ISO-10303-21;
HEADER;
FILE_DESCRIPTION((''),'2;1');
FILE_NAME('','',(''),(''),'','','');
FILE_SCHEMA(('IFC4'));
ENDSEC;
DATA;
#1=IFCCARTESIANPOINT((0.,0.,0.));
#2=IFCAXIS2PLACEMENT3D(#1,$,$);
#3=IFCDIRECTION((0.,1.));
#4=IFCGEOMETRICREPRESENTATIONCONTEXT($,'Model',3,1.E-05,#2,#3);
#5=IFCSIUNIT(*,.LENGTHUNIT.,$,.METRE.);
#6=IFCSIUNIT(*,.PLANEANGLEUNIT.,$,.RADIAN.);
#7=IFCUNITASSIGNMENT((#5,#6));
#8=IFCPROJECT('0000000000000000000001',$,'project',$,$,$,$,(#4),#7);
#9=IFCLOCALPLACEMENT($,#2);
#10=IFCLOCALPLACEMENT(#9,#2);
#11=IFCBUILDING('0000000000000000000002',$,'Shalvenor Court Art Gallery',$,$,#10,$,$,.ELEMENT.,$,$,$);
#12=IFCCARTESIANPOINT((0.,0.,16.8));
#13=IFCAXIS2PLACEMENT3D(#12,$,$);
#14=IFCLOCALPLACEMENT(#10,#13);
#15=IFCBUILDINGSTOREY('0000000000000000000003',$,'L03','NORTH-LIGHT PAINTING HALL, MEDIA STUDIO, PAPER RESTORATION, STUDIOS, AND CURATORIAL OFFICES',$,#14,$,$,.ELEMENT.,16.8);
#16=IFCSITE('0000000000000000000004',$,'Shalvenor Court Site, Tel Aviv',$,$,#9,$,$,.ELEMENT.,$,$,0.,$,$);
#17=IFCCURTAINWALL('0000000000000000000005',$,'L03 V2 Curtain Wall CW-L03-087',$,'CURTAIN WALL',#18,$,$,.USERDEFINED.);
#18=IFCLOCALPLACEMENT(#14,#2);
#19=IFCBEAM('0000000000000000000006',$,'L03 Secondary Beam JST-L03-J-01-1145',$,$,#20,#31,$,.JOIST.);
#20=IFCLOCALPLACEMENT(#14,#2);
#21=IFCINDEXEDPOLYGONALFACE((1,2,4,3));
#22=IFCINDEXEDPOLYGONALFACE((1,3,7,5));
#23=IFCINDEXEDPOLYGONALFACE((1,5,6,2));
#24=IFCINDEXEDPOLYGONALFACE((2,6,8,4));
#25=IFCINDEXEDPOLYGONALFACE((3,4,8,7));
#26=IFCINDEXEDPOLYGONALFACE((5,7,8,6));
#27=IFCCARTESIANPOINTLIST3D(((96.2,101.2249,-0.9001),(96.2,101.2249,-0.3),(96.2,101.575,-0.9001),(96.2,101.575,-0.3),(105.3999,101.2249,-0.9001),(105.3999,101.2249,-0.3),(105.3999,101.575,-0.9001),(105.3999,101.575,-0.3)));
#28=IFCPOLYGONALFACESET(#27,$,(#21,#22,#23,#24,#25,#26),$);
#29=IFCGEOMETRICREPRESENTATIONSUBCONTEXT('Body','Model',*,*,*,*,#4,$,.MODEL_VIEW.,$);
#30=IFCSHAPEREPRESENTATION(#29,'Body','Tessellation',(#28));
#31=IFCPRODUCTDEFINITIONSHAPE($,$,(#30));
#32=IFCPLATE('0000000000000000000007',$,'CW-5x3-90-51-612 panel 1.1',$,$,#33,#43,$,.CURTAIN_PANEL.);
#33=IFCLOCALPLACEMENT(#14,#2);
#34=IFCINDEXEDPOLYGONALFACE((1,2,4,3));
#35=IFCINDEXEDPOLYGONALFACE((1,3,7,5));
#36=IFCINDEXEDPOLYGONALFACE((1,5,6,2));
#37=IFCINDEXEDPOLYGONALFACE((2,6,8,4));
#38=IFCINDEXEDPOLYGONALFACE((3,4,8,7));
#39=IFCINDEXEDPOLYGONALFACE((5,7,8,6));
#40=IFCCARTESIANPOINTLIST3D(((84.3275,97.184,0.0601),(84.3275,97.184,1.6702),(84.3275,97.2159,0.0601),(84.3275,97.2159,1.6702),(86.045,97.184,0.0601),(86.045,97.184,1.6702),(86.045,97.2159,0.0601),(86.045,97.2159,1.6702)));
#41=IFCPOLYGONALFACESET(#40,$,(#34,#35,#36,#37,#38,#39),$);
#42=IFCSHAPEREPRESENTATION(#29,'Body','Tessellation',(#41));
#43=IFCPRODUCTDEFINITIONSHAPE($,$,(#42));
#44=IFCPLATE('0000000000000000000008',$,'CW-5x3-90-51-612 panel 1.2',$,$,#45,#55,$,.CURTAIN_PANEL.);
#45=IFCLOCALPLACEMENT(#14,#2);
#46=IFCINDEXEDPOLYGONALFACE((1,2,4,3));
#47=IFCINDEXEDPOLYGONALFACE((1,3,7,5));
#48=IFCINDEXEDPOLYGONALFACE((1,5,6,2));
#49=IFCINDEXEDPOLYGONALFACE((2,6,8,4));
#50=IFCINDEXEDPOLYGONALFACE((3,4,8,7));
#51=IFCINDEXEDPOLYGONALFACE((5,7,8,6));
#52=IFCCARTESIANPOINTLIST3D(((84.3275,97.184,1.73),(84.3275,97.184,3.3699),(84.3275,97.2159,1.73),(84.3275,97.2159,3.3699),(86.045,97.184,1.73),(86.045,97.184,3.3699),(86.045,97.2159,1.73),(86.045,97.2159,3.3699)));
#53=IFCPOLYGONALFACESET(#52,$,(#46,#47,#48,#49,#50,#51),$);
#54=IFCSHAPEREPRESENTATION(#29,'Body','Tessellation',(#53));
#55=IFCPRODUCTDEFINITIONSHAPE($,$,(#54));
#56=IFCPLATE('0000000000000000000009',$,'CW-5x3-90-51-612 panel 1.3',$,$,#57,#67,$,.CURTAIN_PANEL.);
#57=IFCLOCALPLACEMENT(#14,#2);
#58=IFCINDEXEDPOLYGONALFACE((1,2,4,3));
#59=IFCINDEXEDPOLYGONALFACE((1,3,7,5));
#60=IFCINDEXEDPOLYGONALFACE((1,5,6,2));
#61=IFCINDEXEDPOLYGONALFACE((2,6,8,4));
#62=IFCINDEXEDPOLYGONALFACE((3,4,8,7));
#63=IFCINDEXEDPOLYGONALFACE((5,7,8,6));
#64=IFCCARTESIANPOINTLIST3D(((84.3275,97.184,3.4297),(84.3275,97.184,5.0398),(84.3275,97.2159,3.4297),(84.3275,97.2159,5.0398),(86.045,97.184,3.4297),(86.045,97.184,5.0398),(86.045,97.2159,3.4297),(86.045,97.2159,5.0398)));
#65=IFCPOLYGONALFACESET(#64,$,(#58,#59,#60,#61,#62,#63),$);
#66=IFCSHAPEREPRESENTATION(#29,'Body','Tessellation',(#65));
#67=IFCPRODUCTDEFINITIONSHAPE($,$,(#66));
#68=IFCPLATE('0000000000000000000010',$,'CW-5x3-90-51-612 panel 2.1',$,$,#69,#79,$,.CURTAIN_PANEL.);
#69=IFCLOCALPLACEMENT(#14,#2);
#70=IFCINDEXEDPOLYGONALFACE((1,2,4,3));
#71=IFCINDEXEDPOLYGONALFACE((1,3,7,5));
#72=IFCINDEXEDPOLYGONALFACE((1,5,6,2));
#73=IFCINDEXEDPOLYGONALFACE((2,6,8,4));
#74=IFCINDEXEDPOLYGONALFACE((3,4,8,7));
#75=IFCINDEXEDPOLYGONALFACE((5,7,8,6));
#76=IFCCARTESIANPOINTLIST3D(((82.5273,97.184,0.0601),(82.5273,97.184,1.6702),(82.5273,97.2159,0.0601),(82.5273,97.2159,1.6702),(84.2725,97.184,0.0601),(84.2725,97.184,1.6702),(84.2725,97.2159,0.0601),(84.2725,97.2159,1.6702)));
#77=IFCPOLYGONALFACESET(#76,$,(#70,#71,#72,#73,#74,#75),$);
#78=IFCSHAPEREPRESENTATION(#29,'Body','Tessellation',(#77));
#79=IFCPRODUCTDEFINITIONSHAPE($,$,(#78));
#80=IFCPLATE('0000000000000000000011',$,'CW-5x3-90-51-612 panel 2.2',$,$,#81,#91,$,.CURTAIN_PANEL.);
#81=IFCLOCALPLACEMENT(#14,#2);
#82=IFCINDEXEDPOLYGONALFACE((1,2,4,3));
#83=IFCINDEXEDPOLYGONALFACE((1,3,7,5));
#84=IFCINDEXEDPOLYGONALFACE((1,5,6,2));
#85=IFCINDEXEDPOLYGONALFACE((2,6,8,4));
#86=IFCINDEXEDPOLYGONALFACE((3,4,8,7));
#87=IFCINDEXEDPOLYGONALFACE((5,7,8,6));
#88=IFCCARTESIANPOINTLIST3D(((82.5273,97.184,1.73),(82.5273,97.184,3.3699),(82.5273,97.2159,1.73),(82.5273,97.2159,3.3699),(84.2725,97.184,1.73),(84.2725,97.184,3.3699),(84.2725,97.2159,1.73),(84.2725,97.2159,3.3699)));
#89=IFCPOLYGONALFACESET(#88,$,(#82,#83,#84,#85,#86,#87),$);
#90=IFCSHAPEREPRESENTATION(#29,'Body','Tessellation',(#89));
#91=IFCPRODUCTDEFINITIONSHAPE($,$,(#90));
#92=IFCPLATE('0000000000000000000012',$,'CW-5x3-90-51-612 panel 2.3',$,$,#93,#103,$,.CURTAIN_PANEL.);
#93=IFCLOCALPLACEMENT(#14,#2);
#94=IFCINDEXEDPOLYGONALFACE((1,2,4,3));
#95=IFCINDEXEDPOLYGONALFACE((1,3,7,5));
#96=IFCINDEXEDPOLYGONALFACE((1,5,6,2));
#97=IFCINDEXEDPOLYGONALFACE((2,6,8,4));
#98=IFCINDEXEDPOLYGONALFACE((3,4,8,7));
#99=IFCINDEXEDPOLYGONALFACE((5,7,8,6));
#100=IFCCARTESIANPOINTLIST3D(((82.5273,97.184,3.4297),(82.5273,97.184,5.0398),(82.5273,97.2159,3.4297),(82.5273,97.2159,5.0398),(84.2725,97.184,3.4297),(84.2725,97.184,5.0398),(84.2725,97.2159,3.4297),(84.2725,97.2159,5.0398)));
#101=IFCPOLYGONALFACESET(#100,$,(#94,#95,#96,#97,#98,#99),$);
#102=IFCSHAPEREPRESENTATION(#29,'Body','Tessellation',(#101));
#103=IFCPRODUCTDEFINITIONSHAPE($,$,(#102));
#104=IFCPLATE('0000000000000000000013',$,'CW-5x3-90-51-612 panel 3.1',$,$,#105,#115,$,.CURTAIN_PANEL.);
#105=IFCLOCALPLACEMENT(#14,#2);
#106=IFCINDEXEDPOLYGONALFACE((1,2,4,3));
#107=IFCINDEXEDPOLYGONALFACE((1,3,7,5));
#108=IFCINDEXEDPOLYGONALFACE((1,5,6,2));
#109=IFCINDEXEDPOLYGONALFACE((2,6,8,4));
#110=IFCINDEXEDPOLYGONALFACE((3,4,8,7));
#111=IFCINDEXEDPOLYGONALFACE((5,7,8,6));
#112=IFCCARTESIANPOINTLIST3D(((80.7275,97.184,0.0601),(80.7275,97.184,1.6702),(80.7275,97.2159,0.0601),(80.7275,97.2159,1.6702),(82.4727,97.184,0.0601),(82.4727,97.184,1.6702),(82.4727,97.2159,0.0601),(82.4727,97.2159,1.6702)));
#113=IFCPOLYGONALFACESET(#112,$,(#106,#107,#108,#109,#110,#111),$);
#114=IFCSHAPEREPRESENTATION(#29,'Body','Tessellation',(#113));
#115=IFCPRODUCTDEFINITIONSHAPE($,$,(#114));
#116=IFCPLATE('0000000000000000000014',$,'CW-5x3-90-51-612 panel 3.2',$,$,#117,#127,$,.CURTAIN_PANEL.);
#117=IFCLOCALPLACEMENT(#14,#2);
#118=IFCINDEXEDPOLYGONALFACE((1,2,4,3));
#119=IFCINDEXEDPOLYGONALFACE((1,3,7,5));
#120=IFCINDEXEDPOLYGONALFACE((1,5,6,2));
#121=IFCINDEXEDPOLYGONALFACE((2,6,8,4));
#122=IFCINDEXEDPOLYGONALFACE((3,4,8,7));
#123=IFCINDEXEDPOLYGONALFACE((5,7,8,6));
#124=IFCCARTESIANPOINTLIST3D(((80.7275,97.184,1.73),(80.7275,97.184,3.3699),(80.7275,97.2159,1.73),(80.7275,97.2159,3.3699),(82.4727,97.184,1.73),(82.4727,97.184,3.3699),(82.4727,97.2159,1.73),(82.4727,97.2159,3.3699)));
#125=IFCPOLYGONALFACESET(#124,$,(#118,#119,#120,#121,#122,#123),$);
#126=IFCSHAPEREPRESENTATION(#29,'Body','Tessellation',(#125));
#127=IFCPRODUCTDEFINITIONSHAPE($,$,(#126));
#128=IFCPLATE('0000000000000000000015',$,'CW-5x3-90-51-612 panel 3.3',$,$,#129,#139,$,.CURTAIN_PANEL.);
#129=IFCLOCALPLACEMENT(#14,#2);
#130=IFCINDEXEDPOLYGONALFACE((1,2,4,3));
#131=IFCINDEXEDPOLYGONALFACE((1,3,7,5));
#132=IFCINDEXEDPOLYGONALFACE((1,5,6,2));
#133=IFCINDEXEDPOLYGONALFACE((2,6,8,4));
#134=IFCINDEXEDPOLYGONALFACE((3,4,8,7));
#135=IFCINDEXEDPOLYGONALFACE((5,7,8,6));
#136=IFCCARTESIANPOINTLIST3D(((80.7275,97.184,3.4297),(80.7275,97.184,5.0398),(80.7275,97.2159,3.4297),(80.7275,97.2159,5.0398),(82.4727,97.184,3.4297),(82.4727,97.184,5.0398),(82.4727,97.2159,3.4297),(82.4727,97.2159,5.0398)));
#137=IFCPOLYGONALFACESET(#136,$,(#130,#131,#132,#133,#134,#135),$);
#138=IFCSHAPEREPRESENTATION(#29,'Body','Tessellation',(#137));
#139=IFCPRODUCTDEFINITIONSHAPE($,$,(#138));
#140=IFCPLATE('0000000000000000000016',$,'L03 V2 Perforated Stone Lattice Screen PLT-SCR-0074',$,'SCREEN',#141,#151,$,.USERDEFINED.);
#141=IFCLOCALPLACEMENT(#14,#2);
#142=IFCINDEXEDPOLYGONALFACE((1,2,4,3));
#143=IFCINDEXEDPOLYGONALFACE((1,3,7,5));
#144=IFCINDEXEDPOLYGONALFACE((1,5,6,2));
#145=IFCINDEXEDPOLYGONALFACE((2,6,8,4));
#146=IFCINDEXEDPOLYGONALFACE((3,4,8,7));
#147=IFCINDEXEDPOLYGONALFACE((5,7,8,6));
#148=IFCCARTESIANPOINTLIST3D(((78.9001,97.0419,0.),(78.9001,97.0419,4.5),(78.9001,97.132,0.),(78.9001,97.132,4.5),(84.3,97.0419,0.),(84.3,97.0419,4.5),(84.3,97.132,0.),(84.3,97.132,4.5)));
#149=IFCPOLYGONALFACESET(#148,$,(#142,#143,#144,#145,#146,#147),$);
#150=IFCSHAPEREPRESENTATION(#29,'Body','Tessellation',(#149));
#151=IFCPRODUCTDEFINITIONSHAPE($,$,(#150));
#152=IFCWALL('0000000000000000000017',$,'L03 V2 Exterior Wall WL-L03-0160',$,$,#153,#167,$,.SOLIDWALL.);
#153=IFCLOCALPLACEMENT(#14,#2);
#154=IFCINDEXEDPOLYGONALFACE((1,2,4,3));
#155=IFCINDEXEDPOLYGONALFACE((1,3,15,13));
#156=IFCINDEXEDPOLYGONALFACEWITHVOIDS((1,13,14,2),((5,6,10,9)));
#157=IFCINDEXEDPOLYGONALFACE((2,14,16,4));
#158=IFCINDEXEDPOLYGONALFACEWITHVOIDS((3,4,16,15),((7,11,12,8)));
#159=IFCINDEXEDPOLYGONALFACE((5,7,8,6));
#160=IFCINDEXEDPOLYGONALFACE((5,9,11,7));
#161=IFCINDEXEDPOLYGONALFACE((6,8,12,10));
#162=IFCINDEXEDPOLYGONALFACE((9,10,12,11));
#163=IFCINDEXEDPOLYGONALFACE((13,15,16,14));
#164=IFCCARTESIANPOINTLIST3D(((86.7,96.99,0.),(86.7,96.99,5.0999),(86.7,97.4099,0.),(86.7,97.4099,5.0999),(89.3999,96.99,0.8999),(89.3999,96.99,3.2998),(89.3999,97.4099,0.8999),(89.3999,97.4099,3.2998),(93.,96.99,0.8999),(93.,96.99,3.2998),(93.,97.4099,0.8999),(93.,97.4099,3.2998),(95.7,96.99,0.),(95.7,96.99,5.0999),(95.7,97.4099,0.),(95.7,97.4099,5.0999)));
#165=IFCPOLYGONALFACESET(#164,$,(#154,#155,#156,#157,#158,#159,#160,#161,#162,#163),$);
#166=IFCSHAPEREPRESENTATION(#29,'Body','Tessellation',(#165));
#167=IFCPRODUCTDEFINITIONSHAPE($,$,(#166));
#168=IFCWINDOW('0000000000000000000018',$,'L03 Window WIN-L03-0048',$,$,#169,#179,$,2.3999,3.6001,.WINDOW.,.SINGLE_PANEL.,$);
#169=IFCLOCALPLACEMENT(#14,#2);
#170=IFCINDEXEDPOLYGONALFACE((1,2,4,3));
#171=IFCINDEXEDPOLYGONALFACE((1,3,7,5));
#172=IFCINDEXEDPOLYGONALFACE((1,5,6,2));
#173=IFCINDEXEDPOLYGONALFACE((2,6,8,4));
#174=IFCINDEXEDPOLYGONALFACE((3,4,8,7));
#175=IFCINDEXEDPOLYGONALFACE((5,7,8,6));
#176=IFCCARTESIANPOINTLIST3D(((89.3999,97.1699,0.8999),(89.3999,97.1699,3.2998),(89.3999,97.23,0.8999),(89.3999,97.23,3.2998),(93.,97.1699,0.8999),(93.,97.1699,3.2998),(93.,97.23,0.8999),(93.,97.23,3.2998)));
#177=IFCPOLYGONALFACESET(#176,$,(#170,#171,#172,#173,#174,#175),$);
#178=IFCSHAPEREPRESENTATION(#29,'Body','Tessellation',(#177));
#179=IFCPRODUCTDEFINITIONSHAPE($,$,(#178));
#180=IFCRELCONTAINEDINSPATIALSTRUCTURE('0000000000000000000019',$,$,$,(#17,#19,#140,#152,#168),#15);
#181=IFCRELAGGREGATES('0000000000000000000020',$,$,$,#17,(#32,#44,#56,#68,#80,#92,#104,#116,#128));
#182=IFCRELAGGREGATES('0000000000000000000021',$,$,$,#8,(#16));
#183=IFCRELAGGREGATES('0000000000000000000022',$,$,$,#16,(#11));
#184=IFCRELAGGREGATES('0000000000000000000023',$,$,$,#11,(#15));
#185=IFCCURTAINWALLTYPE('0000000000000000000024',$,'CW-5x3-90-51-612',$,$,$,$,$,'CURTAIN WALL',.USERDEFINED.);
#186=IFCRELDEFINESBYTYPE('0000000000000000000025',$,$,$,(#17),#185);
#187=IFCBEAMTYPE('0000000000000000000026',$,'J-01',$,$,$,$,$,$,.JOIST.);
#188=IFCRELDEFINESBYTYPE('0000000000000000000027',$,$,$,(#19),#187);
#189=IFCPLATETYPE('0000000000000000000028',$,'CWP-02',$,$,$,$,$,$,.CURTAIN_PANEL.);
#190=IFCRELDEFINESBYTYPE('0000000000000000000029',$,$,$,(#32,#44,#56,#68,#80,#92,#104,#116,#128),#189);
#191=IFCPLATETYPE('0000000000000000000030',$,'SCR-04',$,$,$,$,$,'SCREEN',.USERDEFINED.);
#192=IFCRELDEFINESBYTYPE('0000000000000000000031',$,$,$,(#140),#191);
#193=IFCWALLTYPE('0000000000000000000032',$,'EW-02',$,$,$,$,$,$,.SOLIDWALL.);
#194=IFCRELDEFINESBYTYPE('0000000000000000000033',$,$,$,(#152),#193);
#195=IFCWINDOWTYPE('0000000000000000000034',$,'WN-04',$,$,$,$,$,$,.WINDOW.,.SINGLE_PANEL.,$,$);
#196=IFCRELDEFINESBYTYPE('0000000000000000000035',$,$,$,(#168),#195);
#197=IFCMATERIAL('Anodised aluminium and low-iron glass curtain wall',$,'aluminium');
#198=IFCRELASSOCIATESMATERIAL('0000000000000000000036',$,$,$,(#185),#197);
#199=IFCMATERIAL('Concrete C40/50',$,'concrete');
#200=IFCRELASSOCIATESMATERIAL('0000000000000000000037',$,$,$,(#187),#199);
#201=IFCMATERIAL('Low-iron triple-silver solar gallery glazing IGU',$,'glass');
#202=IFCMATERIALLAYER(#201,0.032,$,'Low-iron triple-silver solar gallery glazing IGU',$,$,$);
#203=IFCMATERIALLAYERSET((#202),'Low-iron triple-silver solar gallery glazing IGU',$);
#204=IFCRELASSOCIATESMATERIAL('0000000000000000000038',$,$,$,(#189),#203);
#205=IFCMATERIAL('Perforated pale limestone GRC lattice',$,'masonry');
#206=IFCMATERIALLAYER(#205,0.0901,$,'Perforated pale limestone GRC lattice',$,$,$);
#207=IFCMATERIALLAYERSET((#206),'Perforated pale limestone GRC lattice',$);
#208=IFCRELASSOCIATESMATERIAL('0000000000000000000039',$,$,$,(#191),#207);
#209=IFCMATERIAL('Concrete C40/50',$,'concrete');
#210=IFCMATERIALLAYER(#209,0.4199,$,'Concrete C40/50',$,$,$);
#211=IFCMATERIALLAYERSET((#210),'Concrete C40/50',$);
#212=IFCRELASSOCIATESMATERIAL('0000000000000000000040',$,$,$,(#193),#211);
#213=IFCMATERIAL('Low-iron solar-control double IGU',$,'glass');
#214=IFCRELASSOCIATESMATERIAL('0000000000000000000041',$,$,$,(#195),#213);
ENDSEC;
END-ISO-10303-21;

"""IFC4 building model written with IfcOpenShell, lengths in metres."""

from ifc_helpers import new_model, si_unit, direction, frame, frame_2d, origin, origin_2d, place, context, subcontext, project, spatial, rectangle, extrude, material, layer, layer_set, material_profile, profile_set, type_object, element, fill, aggregate, save


model = new_model("IFC4")

# Units and contexts
model_context = context("Model", 3, precision=1e-05, world=origin(), true_north=direction((0.0, 1.0)))
body_context = subcontext(model_context, "Body", "Model", "MODEL_VIEW")
ifc_project = project(units=[si_unit("LENGTHUNIT", "METRE"), si_unit("PLANEANGLEUNIT", "RADIAN")], contexts=[model_context])

# Site, building, storey
site_placement = place(None, origin())
site = spatial("IfcSite", under=ifc_project, at=site_placement, Name="Shalvenor Court Site, Tel Aviv", CompositionType="ELEMENT", RefElevation=0.0)
building_placement = place(site_placement, origin())
building = spatial("IfcBuilding", under=site, at=building_placement, Name="Shalvenor Court Art Gallery", CompositionType="ELEMENT")
storey_placement = place(building_placement, frame((0.0, 0.0, 16.8)))
storey = spatial("IfcBuildingStorey", under=building, at=storey_placement, Name="L03", Description="NORTH-LIGHT PAINTING HALL, MEDIA STUDIO, PAPER RESTORATION, STUDIOS, AND CURATORIAL OFFICES", CompositionType="ELEMENT", Elevation=16.8)

# Curtain wall
ifc_material_1 = material(Name="Anodised aluminium and low-iron glass curtain wall", Category="aluminium")
curtain_wall_type = type_object("IfcCurtainWallType", Name="CW-5x3-90-51-612", ElementType="CURTAIN WALL", PredefinedType="USERDEFINED", material=ifc_material_1)
curtain_wall_placement = place(storey_placement, origin())
curtain_wall = element("IfcCurtainWall", 1, at=curtain_wall_placement, inside=storey, type_object=curtain_wall_type, Name="L03 V2 Curtain Wall CW-L03-087", ObjectType="CURTAIN WALL", PredefinedType="USERDEFINED")

# Beam
ifc_material_2 = material(Name="Concrete C40/50", Category="concrete")
ifc_material_profile_1 = material_profile(ifc_material_2, rectangle(XDim=0.3501, YDim=0.6001, at=origin_2d()), Name="RC 350x600")
ifc_profile_set_1 = profile_set([ifc_material_profile_1], Name="Concrete C40/50")
beam_type_1 = type_object("IfcBeamType", Name="J-01", PredefinedType="JOIST", material=ifc_profile_set_1)
for number, where, z_axis, x_axis, name in (
    (2, (96.2, 101.3999, -0.6001), (1.0, 0.0, 0.0), (0.0, 1.0, 0.0), "L03 Secondary Beam JST-L03-J-01-1145"),
):
    element("IfcBeam", number, at=place(storey_placement, frame(where, z_axis=z_axis, x_axis=x_axis)), inside=storey, type_object=beam_type_1, Name=name, PredefinedType="JOIST", context=body_context, shape_type="SweptSolid", body=[
        extrude(rectangle(XDim=0.3501, YDim=0.6001, at=origin_2d()), origin(), (0.0, 0.0, 1.0), 9.2),
    ])

# Plates
ifc_material_3 = material(Name="Low-iron triple-silver solar gallery glazing IGU", Category="glass")
ifc_layer_1 = layer(ifc_material_3, 0.032, Name="Low-iron triple-silver solar gallery glazing IGU")
ifc_layer_set_1 = layer_set([ifc_layer_1], Name="Low-iron triple-silver solar gallery glazing IGU")
plate_type_1 = type_object("IfcPlateType", Name="CWP-02", PredefinedType="CURTAIN_PANEL", material=ifc_layer_set_1)
plate_1_placement = place(storey_placement, frame((85.1863, 97.2, 0.0601), z_axis=(0.0, 0.0, 1.0), x_axis=(-1.0, 0.0, 0.0)))
plate_1 = element("IfcPlate", 3, at=plate_1_placement, type_object=plate_type_1, Name="CW-5x3-90-51-612 panel 1.1", PredefinedType="CURTAIN_PANEL", context=body_context, shape_type="SweptSolid", body=[
    extrude(rectangle(XDim=1.7175, YDim=0.032, at=origin_2d()), origin(), (0.0, 0.0, 1.0), 1.6101),
])
plate_2_placement = place(storey_placement, frame((85.1863, 97.2, 1.73), z_axis=(0.0, 0.0, 1.0), x_axis=(-1.0, 0.0, 0.0)))
plate_2 = element("IfcPlate", 4, at=plate_2_placement, type_object=plate_type_1, Name="CW-5x3-90-51-612 panel 1.2", PredefinedType="CURTAIN_PANEL", context=body_context, shape_type="SweptSolid", body=[
    extrude(rectangle(XDim=1.7175, YDim=0.032, at=origin_2d()), origin(), (0.0, 0.0, 1.0), 1.6399),
])
plate_3_placement = place(storey_placement, frame((85.1863, 97.2, 3.4297), z_axis=(0.0, 0.0, 1.0), x_axis=(-1.0, 0.0, 0.0)))
plate_3 = element("IfcPlate", 5, at=plate_3_placement, type_object=plate_type_1, Name="CW-5x3-90-51-612 panel 1.3", PredefinedType="CURTAIN_PANEL", context=body_context, shape_type="SweptSolid", body=[
    extrude(rectangle(XDim=1.7175, YDim=0.032, at=origin_2d()), origin(), (0.0, 0.0, 1.0), 1.6101),
])
plate_4_placement = place(storey_placement, frame((83.3999, 97.2, 0.0601), z_axis=(0.0, 0.0, 1.0), x_axis=(-1.0, 0.0, 0.0)))
plate_4 = element("IfcPlate", 6, at=plate_4_placement, type_object=plate_type_1, Name="CW-5x3-90-51-612 panel 2.1", PredefinedType="CURTAIN_PANEL", context=body_context, shape_type="SweptSolid", body=[
    extrude(rectangle(XDim=1.7451, YDim=0.032, at=origin_2d()), origin(), (0.0, 0.0, 1.0), 1.6101),
])
plate_5_placement = place(storey_placement, frame((83.3999, 97.2, 1.73), z_axis=(0.0, 0.0, 1.0), x_axis=(-1.0, 0.0, 0.0)))
plate_5 = element("IfcPlate", 7, at=plate_5_placement, type_object=plate_type_1, Name="CW-5x3-90-51-612 panel 2.2", PredefinedType="CURTAIN_PANEL", context=body_context, shape_type="SweptSolid", body=[
    extrude(rectangle(XDim=1.7451, YDim=0.032, at=origin_2d()), origin(), (0.0, 0.0, 1.0), 1.6399),
])
plate_6_placement = place(storey_placement, frame((83.3999, 97.2, 3.4297), z_axis=(0.0, 0.0, 1.0), x_axis=(-1.0, 0.0, 0.0)))
plate_6 = element("IfcPlate", 8, at=plate_6_placement, type_object=plate_type_1, Name="CW-5x3-90-51-612 panel 2.3", PredefinedType="CURTAIN_PANEL", context=body_context, shape_type="SweptSolid", body=[
    extrude(rectangle(XDim=1.7451, YDim=0.032, at=origin_2d()), origin(), (0.0, 0.0, 1.0), 1.6101),
])
plate_7_placement = place(storey_placement, frame((81.6001, 97.2, 0.0601), z_axis=(0.0, 0.0, 1.0), x_axis=(-1.0, 0.0, 0.0)))
plate_7 = element("IfcPlate", 9, at=plate_7_placement, type_object=plate_type_1, Name="CW-5x3-90-51-612 panel 3.1", PredefinedType="CURTAIN_PANEL", context=body_context, shape_type="SweptSolid", body=[
    extrude(rectangle(XDim=1.7451, YDim=0.032, at=origin_2d()), origin(), (0.0, 0.0, 1.0), 1.6101),
])
plate_8_placement = place(storey_placement, frame((81.6001, 97.2, 1.73), z_axis=(0.0, 0.0, 1.0), x_axis=(-1.0, 0.0, 0.0)))
plate_8 = element("IfcPlate", 10, at=plate_8_placement, type_object=plate_type_1, Name="CW-5x3-90-51-612 panel 3.2", PredefinedType="CURTAIN_PANEL", context=body_context, shape_type="SweptSolid", body=[
    extrude(rectangle(XDim=1.7451, YDim=0.032, at=origin_2d()), origin(), (0.0, 0.0, 1.0), 1.6399),
])
plate_9_placement = place(storey_placement, frame((81.6001, 97.2, 3.4297), z_axis=(0.0, 0.0, 1.0), x_axis=(-1.0, 0.0, 0.0)))
plate_9 = element("IfcPlate", 11, at=plate_9_placement, type_object=plate_type_1, Name="CW-5x3-90-51-612 panel 3.3", PredefinedType="CURTAIN_PANEL", context=body_context, shape_type="SweptSolid", body=[
    extrude(rectangle(XDim=1.7451, YDim=0.032, at=origin_2d()), origin(), (0.0, 0.0, 1.0), 1.6101),
])
aggregate(curtain_wall, [plate_1, plate_2, plate_3, plate_4, plate_5, plate_6, plate_7, plate_8, plate_9])
ifc_material_4 = material(Name="Perforated pale limestone GRC lattice", Category="masonry")
ifc_layer_2 = layer(ifc_material_4, 0.0901, Name="Perforated pale limestone GRC lattice")
ifc_layer_set_2 = layer_set([ifc_layer_2], Name="Perforated pale limestone GRC lattice")
plate_type_2 = type_object("IfcPlateType", Name="SCR-04", ElementType="SCREEN", PredefinedType="USERDEFINED", material=ifc_layer_set_2)
plate_10_placement = place(storey_placement, frame((81.6001, 97.0869, 0.0), z_axis=(0.0, 0.0, 1.0), x_axis=(-1.0, 0.0, 0.0)))
element("IfcPlate", 12, at=plate_10_placement, inside=storey, type_object=plate_type_2, Name="L03 V2 Perforated Stone Lattice Screen PLT-SCR-0074", ObjectType="SCREEN", PredefinedType="USERDEFINED", context=body_context, shape_type="SweptSolid", body=[
    extrude(rectangle(XDim=5.3999, YDim=0.0901, at=origin_2d()), origin(), (0.0, 0.0, 1.0), 4.5),
])

# Wall, opening, window
ifc_material_5 = material(Name="Concrete C40/50", Category="concrete")
ifc_layer_3 = layer(ifc_material_5, 0.4199, Name="Concrete C40/50")
ifc_layer_set_3 = layer_set([ifc_layer_3], Name="Concrete C40/50")
wall_type = type_object("IfcWallType", Name="EW-02", PredefinedType="SOLIDWALL", material=ifc_layer_set_3)
wall_placement = place(storey_placement, frame((95.7, 97.2, 0.0), z_axis=(0.0, 0.0, 1.0), x_axis=(-1.0, 0.0, 0.0)))
wall = element("IfcWall", 13, at=wall_placement, inside=storey, type_object=wall_type, Name="L03 V2 Exterior Wall WL-L03-0160", PredefinedType="SOLIDWALL", context=body_context, shape_type="SweptSolid", body=[
    extrude(rectangle(XDim=9.0, YDim=0.4199, at=frame_2d((4.5, 0.0))), origin(), (0.0, 0.0, 1.0), 5.0999),
])
opening_placement = place(wall_placement, frame((2.7, 0.0, 0.8999)))
opening = element("IfcOpeningElement", 14, at=opening_placement, cuts=wall, PredefinedType="OPENING", context=body_context, shape_type="SweptSolid", body=[
    extrude(rectangle(XDim=3.6001, YDim=2.3999, at=frame_2d((1.8, 1.2))), frame((0.0, 0.22, 0.0), z_axis=(0.0, -1.0, 0.0), x_axis=(1.0, 0.0, 0.0)), (0.0, 0.0, 1.0), 0.4399),
])
ifc_material_6 = material(Name="Low-iron solar-control double IGU", Category="glass")
window_type = type_object("IfcWindowType", Name="WN-04", PartitioningType="SINGLE_PANEL", PredefinedType="WINDOW", material=ifc_material_6)
window_placement = place(opening_placement, origin())
window = element("IfcWindow", 15, at=window_placement, inside=storey, type_object=window_type, Name="L03 Window WIN-L03-0048", OverallHeight=2.3999, OverallWidth=3.6001, PartitioningType="SINGLE_PANEL", PredefinedType="WINDOW", context=body_context, shape_type="SweptSolid", body=[
    extrude(rectangle(XDim=3.6001, YDim=2.3999, at=frame_2d((1.8, 1.2))), frame((0.0, 0.03, 0.0), z_axis=(0.0, -1.0, 0.0), x_axis=(1.0, 0.0, 0.0)), (0.0, 0.0, 1.0), 0.0601),
])
fill(opening, window)

save(model, "model.ifc")
